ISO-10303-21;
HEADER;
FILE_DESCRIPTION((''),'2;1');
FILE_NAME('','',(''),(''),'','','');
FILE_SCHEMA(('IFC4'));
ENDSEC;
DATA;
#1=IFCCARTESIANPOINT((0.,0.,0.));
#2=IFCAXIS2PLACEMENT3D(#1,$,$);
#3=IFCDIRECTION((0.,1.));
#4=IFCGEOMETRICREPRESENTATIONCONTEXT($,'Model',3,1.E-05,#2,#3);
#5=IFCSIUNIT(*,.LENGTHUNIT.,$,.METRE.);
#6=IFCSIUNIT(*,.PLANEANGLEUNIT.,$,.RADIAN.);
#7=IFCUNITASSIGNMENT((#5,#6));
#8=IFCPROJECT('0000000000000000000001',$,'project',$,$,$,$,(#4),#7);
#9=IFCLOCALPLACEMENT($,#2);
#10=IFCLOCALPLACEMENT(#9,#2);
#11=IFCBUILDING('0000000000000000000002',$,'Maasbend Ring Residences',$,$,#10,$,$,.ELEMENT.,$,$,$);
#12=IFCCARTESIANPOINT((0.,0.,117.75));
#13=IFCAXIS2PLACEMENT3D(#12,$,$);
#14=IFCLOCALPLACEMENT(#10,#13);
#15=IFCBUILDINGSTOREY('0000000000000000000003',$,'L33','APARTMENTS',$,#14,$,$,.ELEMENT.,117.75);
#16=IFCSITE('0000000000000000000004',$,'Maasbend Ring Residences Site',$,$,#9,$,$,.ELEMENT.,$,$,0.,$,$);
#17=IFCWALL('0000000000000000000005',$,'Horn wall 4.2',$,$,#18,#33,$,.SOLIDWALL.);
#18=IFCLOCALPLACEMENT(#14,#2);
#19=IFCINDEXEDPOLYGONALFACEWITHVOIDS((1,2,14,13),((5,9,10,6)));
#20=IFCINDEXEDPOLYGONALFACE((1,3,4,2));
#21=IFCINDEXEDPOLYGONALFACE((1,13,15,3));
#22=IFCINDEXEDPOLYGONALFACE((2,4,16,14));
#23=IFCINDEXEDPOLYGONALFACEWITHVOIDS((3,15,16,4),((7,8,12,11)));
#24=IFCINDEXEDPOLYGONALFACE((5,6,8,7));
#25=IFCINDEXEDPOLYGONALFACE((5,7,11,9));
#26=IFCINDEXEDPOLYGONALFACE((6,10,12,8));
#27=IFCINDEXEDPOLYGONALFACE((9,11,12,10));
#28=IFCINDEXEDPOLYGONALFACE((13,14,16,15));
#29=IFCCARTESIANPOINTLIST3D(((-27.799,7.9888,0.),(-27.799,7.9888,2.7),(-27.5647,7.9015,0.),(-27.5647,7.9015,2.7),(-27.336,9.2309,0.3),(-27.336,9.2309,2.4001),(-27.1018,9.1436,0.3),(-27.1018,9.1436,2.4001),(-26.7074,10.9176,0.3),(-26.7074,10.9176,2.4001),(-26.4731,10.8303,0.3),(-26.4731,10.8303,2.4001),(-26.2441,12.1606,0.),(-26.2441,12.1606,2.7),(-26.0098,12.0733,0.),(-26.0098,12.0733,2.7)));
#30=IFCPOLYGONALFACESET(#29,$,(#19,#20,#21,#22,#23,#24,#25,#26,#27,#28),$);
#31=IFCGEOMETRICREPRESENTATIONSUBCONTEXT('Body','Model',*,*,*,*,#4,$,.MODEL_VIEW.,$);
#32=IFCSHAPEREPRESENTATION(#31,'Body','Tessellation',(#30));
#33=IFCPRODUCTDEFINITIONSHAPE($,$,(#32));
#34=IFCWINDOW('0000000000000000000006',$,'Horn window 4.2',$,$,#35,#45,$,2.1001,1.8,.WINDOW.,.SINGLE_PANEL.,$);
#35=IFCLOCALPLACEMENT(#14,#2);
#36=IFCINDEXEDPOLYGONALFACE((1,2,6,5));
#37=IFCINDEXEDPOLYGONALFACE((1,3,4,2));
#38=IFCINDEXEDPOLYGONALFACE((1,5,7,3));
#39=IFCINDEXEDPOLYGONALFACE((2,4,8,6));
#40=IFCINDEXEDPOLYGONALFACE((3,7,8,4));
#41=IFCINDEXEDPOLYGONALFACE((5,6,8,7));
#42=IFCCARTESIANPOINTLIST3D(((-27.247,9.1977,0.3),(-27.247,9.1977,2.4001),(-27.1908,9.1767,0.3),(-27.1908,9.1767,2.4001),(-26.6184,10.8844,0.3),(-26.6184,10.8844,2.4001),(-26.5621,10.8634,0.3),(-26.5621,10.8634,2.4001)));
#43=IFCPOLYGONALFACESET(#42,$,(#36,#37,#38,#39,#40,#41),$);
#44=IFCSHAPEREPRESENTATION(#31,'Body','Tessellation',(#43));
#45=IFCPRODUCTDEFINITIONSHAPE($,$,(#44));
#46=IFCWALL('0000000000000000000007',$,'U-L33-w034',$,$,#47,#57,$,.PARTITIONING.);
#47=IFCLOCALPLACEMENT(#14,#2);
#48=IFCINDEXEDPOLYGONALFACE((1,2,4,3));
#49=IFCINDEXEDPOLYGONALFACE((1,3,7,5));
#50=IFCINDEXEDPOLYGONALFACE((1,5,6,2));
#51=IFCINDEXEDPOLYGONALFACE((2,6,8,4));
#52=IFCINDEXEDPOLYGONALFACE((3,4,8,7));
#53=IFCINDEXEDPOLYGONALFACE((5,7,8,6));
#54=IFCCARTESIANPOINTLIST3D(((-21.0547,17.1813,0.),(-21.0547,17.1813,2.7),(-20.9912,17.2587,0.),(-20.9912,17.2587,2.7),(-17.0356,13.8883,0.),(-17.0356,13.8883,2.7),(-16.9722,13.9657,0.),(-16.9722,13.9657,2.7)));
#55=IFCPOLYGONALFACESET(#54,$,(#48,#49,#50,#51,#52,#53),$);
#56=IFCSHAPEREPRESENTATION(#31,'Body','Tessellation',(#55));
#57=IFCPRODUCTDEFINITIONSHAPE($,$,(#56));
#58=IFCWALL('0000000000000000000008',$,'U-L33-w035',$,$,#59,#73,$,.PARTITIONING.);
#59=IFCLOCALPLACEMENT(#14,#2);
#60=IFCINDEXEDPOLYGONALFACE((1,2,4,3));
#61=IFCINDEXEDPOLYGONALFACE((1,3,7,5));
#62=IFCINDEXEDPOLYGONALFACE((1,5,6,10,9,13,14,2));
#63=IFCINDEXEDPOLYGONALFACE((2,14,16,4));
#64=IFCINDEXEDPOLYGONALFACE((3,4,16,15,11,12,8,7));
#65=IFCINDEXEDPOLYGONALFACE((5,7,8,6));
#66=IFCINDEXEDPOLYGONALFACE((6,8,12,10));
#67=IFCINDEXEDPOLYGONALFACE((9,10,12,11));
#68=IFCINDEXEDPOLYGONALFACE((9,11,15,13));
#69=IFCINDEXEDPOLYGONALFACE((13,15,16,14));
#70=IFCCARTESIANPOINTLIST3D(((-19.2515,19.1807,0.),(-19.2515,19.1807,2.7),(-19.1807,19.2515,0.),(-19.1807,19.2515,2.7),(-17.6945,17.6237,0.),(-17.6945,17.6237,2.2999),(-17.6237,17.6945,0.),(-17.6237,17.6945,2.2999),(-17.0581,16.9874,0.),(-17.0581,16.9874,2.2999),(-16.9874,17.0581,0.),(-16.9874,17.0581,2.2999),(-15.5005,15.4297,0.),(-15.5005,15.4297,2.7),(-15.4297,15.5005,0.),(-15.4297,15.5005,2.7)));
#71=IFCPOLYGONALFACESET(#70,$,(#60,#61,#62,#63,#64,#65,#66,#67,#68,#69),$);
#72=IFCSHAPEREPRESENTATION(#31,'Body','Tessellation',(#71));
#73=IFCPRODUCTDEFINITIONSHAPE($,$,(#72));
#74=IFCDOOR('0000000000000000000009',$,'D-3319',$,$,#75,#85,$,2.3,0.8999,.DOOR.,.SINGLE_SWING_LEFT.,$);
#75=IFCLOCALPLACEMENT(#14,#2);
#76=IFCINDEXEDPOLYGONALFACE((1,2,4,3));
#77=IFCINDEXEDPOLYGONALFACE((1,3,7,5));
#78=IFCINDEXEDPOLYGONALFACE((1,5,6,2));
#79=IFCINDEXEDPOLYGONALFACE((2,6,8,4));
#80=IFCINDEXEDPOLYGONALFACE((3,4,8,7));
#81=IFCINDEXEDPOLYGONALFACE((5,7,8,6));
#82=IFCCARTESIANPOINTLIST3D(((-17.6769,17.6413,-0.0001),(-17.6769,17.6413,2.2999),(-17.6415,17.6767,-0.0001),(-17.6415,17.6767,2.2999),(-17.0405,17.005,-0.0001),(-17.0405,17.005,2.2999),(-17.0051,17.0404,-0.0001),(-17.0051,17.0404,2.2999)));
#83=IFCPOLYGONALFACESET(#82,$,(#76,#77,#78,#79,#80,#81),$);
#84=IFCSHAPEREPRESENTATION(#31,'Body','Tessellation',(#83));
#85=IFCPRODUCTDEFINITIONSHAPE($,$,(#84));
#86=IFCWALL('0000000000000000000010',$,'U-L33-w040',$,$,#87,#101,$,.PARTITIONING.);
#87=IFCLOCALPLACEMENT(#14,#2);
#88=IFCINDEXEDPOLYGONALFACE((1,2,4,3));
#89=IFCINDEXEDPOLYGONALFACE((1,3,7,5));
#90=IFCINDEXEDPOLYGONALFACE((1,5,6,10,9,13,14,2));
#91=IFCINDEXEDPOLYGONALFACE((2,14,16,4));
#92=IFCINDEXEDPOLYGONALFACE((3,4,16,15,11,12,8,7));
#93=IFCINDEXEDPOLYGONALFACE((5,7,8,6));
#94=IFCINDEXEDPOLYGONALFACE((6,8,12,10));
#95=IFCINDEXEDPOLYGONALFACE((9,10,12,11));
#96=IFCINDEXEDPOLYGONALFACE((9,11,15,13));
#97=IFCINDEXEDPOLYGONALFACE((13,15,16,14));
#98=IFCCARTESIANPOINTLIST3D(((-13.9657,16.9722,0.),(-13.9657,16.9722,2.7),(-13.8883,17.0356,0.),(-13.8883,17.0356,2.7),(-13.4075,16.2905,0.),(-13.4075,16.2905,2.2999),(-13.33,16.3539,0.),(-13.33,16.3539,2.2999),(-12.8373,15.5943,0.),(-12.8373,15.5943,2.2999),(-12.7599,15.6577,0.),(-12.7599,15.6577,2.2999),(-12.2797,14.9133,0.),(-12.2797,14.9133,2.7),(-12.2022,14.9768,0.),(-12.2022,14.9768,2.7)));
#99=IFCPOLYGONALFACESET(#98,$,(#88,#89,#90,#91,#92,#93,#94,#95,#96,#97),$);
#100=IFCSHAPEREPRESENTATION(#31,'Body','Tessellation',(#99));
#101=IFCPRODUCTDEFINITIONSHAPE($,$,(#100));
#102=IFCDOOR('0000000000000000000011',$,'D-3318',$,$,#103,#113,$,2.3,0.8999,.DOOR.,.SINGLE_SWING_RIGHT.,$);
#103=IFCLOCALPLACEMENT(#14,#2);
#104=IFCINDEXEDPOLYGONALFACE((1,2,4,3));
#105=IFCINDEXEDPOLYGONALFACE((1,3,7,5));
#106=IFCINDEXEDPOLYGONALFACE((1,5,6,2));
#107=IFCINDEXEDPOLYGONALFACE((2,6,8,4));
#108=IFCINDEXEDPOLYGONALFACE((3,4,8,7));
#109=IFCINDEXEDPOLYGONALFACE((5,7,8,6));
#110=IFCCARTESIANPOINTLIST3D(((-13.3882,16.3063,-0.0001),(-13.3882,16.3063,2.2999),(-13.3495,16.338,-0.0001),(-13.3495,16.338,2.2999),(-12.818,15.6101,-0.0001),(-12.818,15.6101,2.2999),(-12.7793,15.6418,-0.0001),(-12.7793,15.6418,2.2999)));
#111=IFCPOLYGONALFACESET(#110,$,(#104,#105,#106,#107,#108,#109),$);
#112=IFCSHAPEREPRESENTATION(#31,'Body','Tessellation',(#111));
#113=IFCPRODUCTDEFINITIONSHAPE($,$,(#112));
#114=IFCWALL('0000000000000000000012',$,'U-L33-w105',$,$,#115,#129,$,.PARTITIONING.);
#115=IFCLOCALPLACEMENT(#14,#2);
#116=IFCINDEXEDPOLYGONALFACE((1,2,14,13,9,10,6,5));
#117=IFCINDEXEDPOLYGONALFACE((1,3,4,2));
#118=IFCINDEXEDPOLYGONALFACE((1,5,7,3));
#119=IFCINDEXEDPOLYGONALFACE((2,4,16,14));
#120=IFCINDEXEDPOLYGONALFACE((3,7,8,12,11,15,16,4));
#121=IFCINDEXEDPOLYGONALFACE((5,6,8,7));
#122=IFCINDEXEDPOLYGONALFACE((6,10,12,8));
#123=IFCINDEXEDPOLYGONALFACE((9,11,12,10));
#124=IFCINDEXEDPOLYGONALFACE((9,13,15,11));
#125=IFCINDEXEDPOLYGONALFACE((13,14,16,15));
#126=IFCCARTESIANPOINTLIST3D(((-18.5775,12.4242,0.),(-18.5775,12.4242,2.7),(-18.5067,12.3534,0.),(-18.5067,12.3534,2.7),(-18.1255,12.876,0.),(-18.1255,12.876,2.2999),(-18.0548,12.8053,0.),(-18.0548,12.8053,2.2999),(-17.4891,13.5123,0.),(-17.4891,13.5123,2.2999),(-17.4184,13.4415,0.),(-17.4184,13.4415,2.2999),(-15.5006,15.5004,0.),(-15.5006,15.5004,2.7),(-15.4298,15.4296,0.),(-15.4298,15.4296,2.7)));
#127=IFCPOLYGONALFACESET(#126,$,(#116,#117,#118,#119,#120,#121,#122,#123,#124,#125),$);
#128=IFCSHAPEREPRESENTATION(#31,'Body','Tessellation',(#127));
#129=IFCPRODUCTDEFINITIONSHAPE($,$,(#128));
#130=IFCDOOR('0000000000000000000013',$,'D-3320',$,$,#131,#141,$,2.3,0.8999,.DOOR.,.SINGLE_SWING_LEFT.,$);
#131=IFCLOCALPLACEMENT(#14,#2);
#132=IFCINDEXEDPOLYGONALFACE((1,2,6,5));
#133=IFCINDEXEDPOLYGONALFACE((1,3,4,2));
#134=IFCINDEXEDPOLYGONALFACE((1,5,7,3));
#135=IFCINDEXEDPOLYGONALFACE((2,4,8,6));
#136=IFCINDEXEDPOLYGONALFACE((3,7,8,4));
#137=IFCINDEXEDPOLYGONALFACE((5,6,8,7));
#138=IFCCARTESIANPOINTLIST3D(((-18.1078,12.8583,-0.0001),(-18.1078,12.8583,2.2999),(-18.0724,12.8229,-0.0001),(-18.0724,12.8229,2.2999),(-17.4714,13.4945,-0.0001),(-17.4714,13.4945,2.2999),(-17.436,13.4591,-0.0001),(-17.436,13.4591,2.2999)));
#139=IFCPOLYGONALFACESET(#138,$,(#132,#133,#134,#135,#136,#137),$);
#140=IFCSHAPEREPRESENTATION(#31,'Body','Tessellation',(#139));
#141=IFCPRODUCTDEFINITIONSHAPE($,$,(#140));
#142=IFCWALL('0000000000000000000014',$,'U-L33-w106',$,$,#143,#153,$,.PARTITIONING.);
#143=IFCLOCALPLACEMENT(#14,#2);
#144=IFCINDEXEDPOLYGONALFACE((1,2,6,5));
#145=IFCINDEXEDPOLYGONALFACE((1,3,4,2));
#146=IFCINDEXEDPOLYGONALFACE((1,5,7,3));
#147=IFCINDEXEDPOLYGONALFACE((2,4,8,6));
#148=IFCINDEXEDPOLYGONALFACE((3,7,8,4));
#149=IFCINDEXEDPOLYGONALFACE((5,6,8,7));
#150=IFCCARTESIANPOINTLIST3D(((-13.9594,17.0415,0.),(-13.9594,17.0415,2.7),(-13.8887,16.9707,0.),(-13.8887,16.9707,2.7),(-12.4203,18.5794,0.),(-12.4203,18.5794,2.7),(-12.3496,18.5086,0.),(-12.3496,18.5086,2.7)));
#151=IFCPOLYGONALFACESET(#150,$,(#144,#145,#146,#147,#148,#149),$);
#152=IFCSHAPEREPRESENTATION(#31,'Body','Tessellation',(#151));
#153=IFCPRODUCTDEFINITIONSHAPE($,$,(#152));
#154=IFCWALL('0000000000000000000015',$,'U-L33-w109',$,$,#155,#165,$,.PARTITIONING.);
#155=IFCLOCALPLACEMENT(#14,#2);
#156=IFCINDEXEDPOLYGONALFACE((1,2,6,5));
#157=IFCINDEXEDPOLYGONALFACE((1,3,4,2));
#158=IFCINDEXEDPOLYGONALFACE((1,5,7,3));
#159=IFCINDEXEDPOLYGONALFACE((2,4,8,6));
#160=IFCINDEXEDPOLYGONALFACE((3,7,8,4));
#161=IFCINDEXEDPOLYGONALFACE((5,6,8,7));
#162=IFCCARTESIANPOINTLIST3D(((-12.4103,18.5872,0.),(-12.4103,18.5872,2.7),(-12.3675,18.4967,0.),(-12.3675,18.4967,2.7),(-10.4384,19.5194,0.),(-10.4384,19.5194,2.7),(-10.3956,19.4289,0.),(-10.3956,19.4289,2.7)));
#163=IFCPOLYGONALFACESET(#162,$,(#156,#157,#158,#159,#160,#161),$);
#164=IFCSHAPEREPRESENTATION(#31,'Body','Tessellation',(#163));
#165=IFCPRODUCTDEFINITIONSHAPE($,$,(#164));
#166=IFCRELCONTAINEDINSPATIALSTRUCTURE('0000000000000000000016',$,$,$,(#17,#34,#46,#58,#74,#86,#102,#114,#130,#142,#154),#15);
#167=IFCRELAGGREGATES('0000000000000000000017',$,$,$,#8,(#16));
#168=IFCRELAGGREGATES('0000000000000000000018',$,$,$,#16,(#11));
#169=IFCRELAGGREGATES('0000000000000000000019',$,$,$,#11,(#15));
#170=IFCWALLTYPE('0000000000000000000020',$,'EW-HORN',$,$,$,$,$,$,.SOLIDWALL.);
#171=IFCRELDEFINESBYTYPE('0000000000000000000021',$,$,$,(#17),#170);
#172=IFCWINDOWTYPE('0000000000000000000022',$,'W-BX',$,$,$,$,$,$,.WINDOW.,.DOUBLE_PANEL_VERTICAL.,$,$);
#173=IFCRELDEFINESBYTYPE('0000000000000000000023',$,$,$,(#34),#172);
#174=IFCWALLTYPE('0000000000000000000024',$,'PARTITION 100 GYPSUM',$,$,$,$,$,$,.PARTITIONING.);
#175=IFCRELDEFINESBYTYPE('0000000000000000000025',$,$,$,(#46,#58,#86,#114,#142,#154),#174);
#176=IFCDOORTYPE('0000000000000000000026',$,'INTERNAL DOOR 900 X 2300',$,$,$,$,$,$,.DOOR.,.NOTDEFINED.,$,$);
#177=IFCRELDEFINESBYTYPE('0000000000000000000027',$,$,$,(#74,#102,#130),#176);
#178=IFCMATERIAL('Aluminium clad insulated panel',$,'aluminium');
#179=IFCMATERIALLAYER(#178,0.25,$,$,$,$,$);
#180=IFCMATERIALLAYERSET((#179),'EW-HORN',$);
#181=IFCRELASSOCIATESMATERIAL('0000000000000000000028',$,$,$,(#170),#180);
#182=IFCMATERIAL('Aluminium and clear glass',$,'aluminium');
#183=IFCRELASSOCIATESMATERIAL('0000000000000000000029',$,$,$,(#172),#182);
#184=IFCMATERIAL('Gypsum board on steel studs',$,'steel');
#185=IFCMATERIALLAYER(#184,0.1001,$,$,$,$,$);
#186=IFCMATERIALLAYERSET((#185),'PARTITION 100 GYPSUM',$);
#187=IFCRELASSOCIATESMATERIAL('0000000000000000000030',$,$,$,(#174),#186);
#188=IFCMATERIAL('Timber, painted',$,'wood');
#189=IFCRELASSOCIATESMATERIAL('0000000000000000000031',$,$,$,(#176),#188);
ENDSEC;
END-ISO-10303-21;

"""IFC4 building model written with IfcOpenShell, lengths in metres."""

from ifc_helpers import new_model, si_unit, direction, frame, frame_2d, origin, place, context, subcontext, project, spatial, rectangle, extrude, material, layer, layer_set, type_object, element, fill, save


model = new_model("IFC4")

# Units and contexts
model_context = context("Model", 3, precision=1e-05, world=origin(), true_north=direction((0.0, 1.0)))
body_context = subcontext(model_context, "Body", "Model", "MODEL_VIEW")
ifc_project = project(units=[si_unit("LENGTHUNIT", "METRE"), si_unit("PLANEANGLEUNIT", "RADIAN")], contexts=[model_context])

# Site, building, storey
site_placement = place(None, origin())
site = spatial("IfcSite", under=ifc_project, at=site_placement, Name="Maasbend Ring Residences Site", CompositionType="ELEMENT", RefElevation=0.0)
building_placement = place(site_placement, origin())
building = spatial("IfcBuilding", under=site, at=building_placement, Name="Maasbend Ring Residences", CompositionType="ELEMENT")
storey_placement = place(building_placement, frame((0.0, 0.0, 117.75)))
storey = spatial("IfcBuildingStorey", under=building, at=storey_placement, Name="L33", Description="APARTMENTS", CompositionType="ELEMENT", Elevation=117.75)

# Wall, opening, window
ifc_material_1 = material(Name="Aluminium clad insulated panel", Category="aluminium")
ifc_layer_1 = layer(ifc_material_1, 0.25)
ifc_layer_set_1 = layer_set([ifc_layer_1], Name="EW-HORN")
wall_type_1 = type_object("IfcWallType", Name="EW-HORN", PredefinedType="SOLIDWALL", material=ifc_layer_set_1)
ifc_material_2 = material(Name="Aluminium and clear glass", Category="aluminium")
window_type = type_object("IfcWindowType", Name="W-BX", PartitioningType="DOUBLE_PANEL_VERTICAL", PredefinedType="WINDOW", material=ifc_material_2)
wall_1_placement = place(storey_placement, frame((-26.127, 12.1169, 0.0), z_axis=(0.0, 0.0, 1.0), x_axis=(-0.349248, -0.93703, 0.0)))
wall_1 = element("IfcWall", 1, at=wall_1_placement, inside=storey, type_object=wall_type_1, Name="Horn wall 4.2", PredefinedType="SOLIDWALL", context=body_context, shape_type="SweptSolid", body=[
    extrude(rectangle(XDim=4.4521, YDim=0.25, at=frame_2d((2.2261, 0.0))), origin(), (0.0, 0.0, 1.0), 2.7),
])
opening_1_placement = place(wall_1_placement, frame((1.3267, 0.0, 0.3)))
opening_1 = element("IfcOpeningElement", 2, at=opening_1_placement, cuts=wall_1, PredefinedType="OPENING", context=body_context, shape_type="SweptSolid", body=[
    extrude(rectangle(XDim=1.8, YDim=2.1001, at=frame_2d((0.8999, 1.05))), frame((0.0, 0.135, 0.0), z_axis=(0.0, -1.0, 0.0), x_axis=(1.0, 0.0, 0.0)), (0.0, 0.0, 1.0), 0.27),
])
window_1_placement = place(opening_1_placement, origin())
window_1 = element("IfcWindow", 3, at=window_1_placement, inside=storey, type_object=window_type, Name="Horn window 4.2", OverallHeight=2.1001, OverallWidth=1.8, PartitioningType="SINGLE_PANEL", PredefinedType="WINDOW", context=body_context, shape_type="SweptSolid", body=[
    extrude(rectangle(XDim=1.8, YDim=2.1001, at=frame_2d((0.8999, 1.05))), frame((0.0, 0.03, 0.0), z_axis=(0.0, -1.0, 0.0), x_axis=(1.0, 0.0, 0.0)), (0.0, 0.0, 1.0), 0.0601),
])
fill(opening_1, window_1)

# Wall
ifc_material_3 = material(Name="Gypsum board on steel studs", Category="steel")
ifc_layer_2 = layer(ifc_material_3, 0.1001)
ifc_layer_set_2 = layer_set([ifc_layer_2], Name="PARTITION 100 GYPSUM")
wall_type_2 = type_object("IfcWallType", Name="PARTITION 100 GYPSUM", PredefinedType="PARTITIONING", material=ifc_layer_set_2)
wall_2_placement = place(storey_placement, frame((-21.0229, 17.22, 0.0), z_axis=(0.0, 0.0, 1.0), x_axis=(0.773517, -0.633775, 0.0)))
element("IfcWall", 4, at=wall_2_placement, inside=storey, type_object=wall_type_2, Name="U-L33-w034", PredefinedType="PARTITIONING", context=body_context, shape_type="SweptSolid", body=[
    extrude(rectangle(XDim=5.1958, YDim=0.1001, at=frame_2d((2.5979, 0.0))), origin(), (0.0, 0.0, 1.0), 2.7),
])

# Walls, openings, doors
wall_3_placement = place(storey_placement, frame((-19.2161, 19.2161, 0.0), z_axis=(0.0, 0.0, 1.0), x_axis=(0.707107, -0.707107, 0.0)))
wall_3 = element("IfcWall", 5, at=wall_3_placement, inside=storey, type_object=wall_type_2, Name="U-L33-w035", PredefinedType="PARTITIONING", context=body_context, shape_type="SweptSolid", body=[
    extrude(rectangle(XDim=5.3047, YDim=0.1001, at=frame_2d((2.6523, 0.0))), origin(), (0.0, 0.0, 1.0), 2.7),
])
opening_2_placement = place(wall_3_placement, frame((2.2019, 0.0, 0.0)))
opening_2 = element("IfcOpeningElement", 6, at=opening_2_placement, cuts=wall_3, PredefinedType="OPENING", context=body_context, shape_type="SweptSolid", body=[
    extrude(rectangle(XDim=0.8999, YDim=2.3, at=frame_2d((0.45, 1.1499))), frame((0.0, 0.0601, 0.0), z_axis=(0.0, -1.0, 0.0), x_axis=(1.0, 0.0, 0.0)), (0.0, 0.0, 1.0), 0.1201),
])
ifc_material_4 = material(Name="Timber, painted", Category="wood")
door_type = type_object("IfcDoorType", Name="INTERNAL DOOR 900 X 2300", OperationType="NOTDEFINED", PredefinedType="DOOR", material=ifc_material_4)
door_1_placement = place(opening_2_placement, origin())
door_1 = element("IfcDoor", 7, at=door_1_placement, inside=storey, type_object=door_type, Name="D-3319", OperationType="SINGLE_SWING_LEFT", OverallHeight=2.3, OverallWidth=0.8999, PredefinedType="DOOR", context=body_context, shape_type="SweptSolid", body=[
    extrude(rectangle(XDim=0.8999, YDim=2.3, at=frame_2d((0.45, 1.1499))), frame((0.0, 0.0249, 0.0), z_axis=(0.0, -1.0, 0.0), x_axis=(1.0, 0.0, 0.0)), (0.0, 0.0, 1.0), 0.05),
])
fill(opening_2, door_1)
wall_4_placement = place(storey_placement, frame((-13.927, 17.0039, 0.0), z_axis=(0.0, 0.0, 1.0), x_axis=(0.633582, -0.773675, 0.0)))
wall_4 = element("IfcWall", 8, at=wall_4_placement, inside=storey, type_object=wall_type_2, Name="U-L33-w040", PredefinedType="PARTITIONING", context=body_context, shape_type="SweptSolid", body=[
    extrude(rectangle(XDim=2.6611, YDim=0.1001, at=frame_2d((1.3306, 0.0))), origin(), (0.0, 0.0, 1.0), 2.7),
])
opening_3_placement = place(wall_4_placement, frame((0.8811, 0.0, 0.0)))
opening_3 = element("IfcOpeningElement", 9, at=opening_3_placement, cuts=wall_4, PredefinedType="OPENING", context=body_context, shape_type="SweptSolid", body=[
    extrude(rectangle(XDim=0.8999, YDim=2.3, at=frame_2d((0.45, 1.1499))), frame((0.0, 0.0601, 0.0), z_axis=(0.0, -1.0, 0.0), x_axis=(1.0, 0.0, 0.0)), (0.0, 0.0, 1.0), 0.1201),
])
door_2_placement = place(opening_3_placement, origin())
door_2 = element("IfcDoor", 10, at=door_2_placement, inside=storey, type_object=door_type, Name="D-3318", OperationType="SINGLE_SWING_RIGHT", OverallHeight=2.3, OverallWidth=0.8999, PredefinedType="DOOR", context=body_context, shape_type="SweptSolid", body=[
    extrude(rectangle(XDim=0.8999, YDim=2.3, at=frame_2d((0.45, 1.1499))), frame((0.0, 0.0249, 0.0), z_axis=(0.0, -1.0, 0.0), x_axis=(1.0, 0.0, 0.0)), (0.0, 0.0, 1.0), 0.05),
])
fill(opening_3, door_2)
wall_5_placement = place(storey_placement, frame((-18.542, 12.3889, 0.0), z_axis=(0.0, 0.0, 1.0), x_axis=(0.707191, 0.707023, 0.0)))
wall_5 = element("IfcWall", 11, at=wall_5_placement, inside=storey, type_object=wall_type_2, Name="U-L33-w105", PredefinedType="PARTITIONING", context=body_context, shape_type="SweptSolid", body=[
    extrude(rectangle(XDim=4.3508, YDim=0.1001, at=frame_2d((2.1753, 0.0))), origin(), (0.0, 0.0, 1.0), 2.7),
])
opening_4_placement = place(wall_5_placement, frame((0.6389, 0.0, 0.0)))
opening_4 = element("IfcOpeningElement", 12, at=opening_4_placement, cuts=wall_5, PredefinedType="OPENING", context=body_context, shape_type="SweptSolid", body=[
    extrude(rectangle(XDim=0.8999, YDim=2.3, at=frame_2d((0.45, 1.1499))), frame((0.0, 0.0601, 0.0), z_axis=(0.0, -1.0, 0.0), x_axis=(1.0, 0.0, 0.0)), (0.0, 0.0, 1.0), 0.1201),
])
door_3_placement = place(opening_4_placement, origin())
door_3 = element("IfcDoor", 13, at=door_3_placement, inside=storey, type_object=door_type, Name="D-3320", OperationType="SINGLE_SWING_LEFT", OverallHeight=2.3, OverallWidth=0.8999, PredefinedType="DOOR", context=body_context, shape_type="SweptSolid", body=[
    extrude(rectangle(XDim=0.8999, YDim=2.3, at=frame_2d((0.45, 1.1499))), frame((0.0, 0.0249, 0.0), z_axis=(0.0, -1.0, 0.0), x_axis=(1.0, 0.0, 0.0)), (0.0, 0.0, 1.0), 0.05),
])
fill(opening_4, door_3)

# Walls
wall_6_placement = place(storey_placement, frame((-13.9241, 17.0061, 0.0), z_axis=(0.0, 0.0, 1.0), x_axis=(0.707387, 0.706826, 0.0)))
element("IfcWall", 14, at=wall_6_placement, inside=storey, type_object=wall_type_2, Name="U-L33-w106", PredefinedType="PARTITIONING", context=body_context, shape_type="SweptSolid", body=[
    extrude(rectangle(XDim=2.1758, YDim=0.1001, at=frame_2d((1.0879, 0.0))), origin(), (0.0, 0.0, 1.0), 2.7),
])
wall_7_placement = place(storey_placement, frame((-12.3889, 18.542, 0.0), z_axis=(0.0, 0.0, 1.0), x_axis=(0.904082, 0.42736, 0.0)))
element("IfcWall", 15, at=wall_7_placement, inside=storey, type_object=wall_type_2, Name="U-L33-w109", PredefinedType="PARTITIONING", context=body_context, shape_type="SweptSolid", body=[
    extrude(rectangle(XDim=2.1812, YDim=0.1001, at=frame_2d((1.0906, 0.0))), origin(), (0.0, 0.0, 1.0), 2.7),
])

save(model, "model.ifc")
